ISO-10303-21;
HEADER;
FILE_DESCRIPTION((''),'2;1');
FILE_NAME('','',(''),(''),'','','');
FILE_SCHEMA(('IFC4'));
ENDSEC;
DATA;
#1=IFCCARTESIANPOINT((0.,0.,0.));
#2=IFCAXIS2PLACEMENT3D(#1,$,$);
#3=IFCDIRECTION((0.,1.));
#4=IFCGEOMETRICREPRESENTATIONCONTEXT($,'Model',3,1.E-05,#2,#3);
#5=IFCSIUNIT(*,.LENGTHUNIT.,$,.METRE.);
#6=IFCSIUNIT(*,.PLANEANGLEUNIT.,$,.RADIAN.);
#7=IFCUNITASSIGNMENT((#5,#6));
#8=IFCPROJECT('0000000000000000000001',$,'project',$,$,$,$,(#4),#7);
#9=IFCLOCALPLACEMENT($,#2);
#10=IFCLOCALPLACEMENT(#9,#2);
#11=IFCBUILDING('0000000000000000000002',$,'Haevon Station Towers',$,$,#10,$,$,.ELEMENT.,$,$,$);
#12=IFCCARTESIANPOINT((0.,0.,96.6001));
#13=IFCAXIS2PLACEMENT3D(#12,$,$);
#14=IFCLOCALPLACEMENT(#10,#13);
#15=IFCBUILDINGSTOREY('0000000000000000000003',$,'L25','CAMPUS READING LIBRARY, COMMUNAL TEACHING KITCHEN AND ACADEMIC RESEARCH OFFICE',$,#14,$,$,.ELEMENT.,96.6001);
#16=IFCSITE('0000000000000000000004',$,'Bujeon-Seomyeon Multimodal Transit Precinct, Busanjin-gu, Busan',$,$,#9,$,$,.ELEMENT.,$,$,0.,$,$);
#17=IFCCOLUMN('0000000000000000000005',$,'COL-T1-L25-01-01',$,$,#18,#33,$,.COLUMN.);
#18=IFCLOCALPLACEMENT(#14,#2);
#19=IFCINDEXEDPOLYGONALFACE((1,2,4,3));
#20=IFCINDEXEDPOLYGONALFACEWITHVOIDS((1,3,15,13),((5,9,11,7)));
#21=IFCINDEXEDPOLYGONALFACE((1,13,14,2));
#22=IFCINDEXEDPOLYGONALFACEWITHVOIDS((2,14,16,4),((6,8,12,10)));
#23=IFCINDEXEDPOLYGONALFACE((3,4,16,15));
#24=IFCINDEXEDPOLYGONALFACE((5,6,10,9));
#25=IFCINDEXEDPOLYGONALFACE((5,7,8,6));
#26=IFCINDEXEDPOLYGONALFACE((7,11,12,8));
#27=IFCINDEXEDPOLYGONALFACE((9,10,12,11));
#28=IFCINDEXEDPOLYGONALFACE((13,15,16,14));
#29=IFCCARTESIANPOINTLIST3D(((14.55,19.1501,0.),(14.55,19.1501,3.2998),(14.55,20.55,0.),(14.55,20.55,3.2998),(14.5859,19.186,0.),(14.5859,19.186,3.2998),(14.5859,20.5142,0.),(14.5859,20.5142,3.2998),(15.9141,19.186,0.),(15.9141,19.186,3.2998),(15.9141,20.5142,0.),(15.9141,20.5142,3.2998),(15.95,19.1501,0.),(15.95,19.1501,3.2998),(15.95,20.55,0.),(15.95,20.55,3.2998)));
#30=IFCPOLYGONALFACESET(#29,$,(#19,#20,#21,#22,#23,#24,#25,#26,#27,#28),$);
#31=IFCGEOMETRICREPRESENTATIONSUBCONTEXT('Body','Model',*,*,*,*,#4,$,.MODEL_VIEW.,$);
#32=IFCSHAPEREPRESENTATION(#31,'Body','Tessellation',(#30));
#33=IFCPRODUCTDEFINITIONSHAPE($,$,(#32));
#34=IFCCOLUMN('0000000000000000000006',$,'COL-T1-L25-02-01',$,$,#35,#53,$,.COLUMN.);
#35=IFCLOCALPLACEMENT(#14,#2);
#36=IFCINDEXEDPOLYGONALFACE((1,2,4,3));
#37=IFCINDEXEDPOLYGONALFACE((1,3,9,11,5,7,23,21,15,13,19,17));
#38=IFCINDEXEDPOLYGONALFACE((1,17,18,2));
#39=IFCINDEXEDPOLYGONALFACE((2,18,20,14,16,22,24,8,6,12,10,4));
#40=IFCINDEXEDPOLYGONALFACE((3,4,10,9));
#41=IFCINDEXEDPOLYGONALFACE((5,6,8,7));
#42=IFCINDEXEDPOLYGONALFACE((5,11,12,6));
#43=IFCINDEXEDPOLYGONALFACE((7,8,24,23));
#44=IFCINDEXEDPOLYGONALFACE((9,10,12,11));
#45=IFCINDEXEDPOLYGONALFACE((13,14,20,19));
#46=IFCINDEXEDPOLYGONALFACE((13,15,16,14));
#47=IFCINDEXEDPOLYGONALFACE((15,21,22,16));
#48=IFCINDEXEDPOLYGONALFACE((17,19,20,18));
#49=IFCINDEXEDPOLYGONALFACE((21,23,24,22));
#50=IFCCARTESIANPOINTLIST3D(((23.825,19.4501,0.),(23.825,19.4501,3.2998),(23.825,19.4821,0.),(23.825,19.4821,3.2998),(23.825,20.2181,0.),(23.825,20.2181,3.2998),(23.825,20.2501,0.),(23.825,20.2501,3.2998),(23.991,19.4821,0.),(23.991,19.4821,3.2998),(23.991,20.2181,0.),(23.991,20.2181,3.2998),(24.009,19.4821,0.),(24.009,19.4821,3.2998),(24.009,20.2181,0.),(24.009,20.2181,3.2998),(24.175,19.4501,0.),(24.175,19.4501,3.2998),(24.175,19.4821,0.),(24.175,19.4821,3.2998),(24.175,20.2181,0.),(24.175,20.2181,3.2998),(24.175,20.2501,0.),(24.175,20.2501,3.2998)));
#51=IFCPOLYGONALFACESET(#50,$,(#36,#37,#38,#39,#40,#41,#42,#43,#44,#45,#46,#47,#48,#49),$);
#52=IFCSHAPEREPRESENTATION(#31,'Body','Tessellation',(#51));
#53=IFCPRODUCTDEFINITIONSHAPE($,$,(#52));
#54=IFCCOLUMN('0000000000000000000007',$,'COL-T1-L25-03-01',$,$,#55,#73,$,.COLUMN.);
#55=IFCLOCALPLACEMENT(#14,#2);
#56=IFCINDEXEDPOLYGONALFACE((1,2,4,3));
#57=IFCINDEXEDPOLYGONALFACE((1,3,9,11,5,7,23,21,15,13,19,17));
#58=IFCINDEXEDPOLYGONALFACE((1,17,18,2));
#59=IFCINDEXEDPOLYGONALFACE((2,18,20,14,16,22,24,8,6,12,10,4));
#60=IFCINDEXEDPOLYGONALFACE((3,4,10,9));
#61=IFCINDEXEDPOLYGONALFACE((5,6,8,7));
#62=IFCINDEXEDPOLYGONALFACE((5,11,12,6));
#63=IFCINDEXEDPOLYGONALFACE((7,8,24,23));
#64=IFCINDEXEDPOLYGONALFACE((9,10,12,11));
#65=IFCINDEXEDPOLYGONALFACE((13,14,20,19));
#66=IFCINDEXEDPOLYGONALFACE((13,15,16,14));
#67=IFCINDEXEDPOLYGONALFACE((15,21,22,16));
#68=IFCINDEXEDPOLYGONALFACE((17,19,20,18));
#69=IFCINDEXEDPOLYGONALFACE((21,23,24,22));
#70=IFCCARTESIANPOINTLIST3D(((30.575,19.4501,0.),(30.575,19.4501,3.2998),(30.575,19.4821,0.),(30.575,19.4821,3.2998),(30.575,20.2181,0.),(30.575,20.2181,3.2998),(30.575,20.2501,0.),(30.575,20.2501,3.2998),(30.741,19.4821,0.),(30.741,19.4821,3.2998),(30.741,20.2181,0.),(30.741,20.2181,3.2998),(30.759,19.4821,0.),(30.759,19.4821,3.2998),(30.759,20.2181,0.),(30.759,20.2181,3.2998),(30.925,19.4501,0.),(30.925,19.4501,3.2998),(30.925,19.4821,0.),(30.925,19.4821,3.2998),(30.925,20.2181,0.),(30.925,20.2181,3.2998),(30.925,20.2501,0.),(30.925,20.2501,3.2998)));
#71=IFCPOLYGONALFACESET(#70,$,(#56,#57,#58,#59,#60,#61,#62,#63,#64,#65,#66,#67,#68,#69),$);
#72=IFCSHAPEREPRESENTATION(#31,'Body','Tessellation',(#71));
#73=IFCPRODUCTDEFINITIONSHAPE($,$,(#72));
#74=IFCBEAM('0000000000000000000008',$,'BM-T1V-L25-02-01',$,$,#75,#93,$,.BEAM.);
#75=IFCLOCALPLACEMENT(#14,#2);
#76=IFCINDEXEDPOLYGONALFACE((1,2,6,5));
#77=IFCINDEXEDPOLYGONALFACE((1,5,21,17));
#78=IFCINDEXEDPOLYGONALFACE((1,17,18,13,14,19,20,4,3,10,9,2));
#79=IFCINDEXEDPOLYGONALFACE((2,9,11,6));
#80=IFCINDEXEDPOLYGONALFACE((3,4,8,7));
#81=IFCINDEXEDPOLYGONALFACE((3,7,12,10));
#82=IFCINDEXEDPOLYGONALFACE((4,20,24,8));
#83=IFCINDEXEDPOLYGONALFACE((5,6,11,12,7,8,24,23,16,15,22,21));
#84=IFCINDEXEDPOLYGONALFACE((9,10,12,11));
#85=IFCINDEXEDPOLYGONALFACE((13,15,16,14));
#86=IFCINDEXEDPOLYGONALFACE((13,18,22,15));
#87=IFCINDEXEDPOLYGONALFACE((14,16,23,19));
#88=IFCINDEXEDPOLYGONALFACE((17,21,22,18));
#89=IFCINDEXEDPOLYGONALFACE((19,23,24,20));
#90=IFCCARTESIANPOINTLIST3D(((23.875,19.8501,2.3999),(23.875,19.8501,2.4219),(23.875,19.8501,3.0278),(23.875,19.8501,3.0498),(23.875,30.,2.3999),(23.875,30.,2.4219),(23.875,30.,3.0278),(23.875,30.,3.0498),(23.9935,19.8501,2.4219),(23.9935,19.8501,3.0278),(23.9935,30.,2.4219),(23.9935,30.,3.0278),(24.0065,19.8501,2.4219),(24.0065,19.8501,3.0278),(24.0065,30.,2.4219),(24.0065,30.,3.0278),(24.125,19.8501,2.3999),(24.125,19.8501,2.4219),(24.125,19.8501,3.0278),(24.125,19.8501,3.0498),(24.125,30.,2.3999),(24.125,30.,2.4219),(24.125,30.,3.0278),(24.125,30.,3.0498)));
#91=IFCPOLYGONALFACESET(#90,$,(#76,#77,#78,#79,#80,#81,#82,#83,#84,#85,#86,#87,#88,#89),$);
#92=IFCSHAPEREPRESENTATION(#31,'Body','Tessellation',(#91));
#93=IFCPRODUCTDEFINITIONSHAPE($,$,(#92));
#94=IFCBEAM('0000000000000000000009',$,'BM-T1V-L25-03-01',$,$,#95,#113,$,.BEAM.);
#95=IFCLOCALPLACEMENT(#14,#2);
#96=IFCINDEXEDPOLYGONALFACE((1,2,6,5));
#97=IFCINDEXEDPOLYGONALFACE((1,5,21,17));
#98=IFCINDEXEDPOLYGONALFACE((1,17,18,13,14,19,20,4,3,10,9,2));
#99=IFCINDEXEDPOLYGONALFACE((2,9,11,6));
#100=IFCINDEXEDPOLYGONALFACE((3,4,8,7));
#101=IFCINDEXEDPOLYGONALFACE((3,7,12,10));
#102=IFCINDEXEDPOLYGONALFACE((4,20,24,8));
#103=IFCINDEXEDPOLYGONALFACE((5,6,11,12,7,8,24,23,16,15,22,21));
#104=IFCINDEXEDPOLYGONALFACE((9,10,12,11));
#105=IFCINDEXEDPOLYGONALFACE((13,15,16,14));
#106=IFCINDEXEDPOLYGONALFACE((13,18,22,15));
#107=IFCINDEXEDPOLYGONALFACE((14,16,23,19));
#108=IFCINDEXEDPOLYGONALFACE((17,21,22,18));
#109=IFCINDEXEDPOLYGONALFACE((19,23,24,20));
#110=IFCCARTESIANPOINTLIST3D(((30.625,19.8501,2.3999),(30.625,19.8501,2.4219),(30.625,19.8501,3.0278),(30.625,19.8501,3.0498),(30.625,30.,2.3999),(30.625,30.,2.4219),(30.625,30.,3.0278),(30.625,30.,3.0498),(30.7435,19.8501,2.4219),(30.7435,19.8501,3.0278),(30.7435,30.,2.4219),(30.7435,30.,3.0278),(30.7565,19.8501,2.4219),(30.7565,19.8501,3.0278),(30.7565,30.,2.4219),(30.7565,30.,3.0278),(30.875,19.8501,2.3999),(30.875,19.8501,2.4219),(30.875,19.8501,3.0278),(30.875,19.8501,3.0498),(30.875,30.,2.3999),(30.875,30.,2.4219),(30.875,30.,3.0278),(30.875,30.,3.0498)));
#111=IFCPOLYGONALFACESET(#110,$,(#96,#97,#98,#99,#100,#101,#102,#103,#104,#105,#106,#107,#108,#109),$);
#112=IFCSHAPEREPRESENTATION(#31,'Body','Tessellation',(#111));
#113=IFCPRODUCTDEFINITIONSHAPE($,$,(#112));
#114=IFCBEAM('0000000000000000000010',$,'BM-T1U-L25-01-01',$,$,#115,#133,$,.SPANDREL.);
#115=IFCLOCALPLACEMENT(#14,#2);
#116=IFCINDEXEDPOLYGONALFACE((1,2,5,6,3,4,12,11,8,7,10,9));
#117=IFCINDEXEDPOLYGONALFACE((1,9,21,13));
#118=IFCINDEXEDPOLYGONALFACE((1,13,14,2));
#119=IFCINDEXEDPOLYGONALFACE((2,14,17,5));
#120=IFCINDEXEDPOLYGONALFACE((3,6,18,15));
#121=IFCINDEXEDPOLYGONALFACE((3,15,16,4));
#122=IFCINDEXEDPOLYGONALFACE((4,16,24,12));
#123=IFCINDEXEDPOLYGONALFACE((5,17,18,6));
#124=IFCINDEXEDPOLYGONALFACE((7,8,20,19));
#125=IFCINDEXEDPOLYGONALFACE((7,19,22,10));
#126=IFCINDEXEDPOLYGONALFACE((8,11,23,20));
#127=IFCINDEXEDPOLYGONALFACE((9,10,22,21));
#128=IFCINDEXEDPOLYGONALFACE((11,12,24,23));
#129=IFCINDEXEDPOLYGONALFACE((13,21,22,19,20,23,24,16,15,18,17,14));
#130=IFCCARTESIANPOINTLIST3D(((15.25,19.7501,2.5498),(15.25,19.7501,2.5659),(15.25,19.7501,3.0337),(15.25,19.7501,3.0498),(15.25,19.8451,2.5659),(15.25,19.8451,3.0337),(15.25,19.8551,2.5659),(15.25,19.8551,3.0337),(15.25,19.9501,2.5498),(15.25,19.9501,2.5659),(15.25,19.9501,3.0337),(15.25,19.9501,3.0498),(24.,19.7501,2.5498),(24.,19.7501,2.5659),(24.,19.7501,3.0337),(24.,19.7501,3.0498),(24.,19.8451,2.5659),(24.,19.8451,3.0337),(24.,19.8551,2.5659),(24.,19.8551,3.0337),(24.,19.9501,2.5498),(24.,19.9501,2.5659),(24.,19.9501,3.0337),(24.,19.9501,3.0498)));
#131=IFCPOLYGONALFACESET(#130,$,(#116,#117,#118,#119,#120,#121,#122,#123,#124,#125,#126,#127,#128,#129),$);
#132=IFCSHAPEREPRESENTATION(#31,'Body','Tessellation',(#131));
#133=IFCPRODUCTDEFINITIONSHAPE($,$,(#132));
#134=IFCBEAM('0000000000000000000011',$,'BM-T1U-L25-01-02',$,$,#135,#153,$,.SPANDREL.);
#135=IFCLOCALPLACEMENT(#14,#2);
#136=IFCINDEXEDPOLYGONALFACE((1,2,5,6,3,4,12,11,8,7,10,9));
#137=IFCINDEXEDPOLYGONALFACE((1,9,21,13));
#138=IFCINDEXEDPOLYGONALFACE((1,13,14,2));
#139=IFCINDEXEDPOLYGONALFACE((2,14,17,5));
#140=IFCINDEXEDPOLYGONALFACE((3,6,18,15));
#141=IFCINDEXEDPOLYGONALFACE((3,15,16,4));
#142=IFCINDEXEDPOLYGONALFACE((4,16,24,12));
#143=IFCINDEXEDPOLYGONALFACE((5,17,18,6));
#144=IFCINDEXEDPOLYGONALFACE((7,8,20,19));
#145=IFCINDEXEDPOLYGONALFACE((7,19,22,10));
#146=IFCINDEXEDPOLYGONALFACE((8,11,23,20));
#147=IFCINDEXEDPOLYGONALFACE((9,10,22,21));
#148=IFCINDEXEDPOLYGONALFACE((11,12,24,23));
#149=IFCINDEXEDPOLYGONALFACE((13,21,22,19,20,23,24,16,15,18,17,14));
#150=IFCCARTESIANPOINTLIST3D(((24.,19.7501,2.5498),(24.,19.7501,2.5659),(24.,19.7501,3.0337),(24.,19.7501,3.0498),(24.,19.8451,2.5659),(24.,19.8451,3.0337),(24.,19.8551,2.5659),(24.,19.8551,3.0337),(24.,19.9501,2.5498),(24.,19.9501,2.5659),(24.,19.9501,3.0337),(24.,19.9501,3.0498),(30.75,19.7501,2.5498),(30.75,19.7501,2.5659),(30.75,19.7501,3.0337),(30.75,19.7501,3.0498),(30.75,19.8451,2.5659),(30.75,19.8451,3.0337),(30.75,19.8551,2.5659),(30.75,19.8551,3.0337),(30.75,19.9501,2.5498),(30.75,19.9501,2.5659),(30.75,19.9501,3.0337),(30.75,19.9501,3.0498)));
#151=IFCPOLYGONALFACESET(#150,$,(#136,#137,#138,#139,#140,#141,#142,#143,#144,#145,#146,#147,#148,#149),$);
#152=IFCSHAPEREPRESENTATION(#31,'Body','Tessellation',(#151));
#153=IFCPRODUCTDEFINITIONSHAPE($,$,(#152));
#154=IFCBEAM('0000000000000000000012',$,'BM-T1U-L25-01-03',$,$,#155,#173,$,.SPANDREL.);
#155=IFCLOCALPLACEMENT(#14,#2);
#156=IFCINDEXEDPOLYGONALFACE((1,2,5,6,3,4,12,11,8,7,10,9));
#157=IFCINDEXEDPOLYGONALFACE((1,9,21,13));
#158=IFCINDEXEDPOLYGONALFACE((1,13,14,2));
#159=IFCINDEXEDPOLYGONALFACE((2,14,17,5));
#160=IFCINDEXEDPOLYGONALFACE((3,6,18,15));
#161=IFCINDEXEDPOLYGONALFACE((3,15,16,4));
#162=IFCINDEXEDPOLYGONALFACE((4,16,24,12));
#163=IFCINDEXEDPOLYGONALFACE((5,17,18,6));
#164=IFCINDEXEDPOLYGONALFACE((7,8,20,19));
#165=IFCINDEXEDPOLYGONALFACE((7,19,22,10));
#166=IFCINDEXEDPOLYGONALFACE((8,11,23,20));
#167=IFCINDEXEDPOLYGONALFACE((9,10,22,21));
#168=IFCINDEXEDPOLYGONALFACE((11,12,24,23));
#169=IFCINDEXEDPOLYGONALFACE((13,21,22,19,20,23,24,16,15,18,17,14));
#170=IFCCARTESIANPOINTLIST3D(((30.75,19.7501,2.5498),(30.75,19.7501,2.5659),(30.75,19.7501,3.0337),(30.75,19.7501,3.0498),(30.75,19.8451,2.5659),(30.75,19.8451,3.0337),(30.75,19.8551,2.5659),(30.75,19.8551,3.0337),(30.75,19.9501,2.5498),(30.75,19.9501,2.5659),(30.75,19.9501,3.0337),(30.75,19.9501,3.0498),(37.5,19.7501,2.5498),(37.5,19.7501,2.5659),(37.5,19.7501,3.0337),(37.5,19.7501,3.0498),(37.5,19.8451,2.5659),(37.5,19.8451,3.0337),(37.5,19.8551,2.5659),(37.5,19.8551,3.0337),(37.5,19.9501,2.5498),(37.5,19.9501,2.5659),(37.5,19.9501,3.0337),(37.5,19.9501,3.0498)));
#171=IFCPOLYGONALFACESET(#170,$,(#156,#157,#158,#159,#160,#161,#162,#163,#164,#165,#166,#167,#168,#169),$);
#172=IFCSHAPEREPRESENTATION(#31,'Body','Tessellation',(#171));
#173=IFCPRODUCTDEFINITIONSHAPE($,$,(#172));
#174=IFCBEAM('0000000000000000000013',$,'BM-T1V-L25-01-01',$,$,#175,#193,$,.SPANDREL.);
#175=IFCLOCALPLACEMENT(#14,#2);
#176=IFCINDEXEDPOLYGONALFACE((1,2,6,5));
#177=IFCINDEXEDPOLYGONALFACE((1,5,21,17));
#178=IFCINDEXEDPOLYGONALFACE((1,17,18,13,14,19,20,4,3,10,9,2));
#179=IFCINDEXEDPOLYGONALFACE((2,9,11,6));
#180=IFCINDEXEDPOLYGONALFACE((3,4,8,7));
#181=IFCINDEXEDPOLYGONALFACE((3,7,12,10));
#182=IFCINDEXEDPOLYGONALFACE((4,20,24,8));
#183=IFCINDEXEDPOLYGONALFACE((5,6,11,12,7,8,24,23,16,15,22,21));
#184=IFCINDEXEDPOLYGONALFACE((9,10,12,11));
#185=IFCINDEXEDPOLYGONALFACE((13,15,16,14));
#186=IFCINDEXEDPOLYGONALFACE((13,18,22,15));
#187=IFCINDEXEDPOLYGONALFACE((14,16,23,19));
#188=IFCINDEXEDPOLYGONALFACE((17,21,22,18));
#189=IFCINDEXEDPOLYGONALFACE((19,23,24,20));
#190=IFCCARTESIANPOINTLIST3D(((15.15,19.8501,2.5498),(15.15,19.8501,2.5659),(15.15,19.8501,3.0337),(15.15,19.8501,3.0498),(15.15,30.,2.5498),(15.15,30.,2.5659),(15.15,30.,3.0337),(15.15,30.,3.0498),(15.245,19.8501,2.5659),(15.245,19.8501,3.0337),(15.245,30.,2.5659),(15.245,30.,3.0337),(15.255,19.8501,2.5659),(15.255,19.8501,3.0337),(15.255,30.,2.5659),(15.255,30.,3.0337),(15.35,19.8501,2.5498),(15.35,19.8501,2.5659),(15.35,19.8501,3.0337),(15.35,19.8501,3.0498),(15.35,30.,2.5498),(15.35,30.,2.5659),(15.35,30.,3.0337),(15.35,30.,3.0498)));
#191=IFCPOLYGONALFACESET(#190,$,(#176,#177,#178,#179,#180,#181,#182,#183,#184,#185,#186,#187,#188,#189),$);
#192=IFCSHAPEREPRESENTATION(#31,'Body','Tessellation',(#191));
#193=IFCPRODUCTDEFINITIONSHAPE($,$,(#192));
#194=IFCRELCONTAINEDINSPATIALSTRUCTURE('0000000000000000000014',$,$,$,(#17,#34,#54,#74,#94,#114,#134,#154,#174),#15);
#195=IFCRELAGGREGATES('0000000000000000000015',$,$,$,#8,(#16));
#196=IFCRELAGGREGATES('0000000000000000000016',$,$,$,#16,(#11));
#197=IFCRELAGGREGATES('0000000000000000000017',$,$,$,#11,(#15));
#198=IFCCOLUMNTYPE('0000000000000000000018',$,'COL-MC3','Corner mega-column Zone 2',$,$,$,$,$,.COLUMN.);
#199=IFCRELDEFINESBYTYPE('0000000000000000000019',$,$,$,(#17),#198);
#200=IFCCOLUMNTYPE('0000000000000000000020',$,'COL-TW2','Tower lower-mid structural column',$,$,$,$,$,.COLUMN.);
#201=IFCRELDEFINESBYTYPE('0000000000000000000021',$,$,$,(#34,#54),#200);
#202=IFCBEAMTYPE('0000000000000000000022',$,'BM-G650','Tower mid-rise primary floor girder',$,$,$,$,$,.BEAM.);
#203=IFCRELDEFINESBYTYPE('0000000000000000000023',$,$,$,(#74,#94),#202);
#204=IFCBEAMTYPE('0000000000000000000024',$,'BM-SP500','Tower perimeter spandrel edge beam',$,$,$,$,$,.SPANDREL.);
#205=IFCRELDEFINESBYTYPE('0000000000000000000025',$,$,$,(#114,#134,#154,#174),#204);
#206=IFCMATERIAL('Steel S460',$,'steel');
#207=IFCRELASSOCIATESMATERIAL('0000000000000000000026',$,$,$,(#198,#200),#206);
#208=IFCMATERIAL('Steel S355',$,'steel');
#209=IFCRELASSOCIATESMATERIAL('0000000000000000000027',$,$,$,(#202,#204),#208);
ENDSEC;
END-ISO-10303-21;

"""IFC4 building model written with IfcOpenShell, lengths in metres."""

from ifc_helpers import new_model, si_unit, direction, frame, origin, origin_2d, place, context, subcontext, project, spatial, hollow_rectangle, i_section, extrude, material, material_profile, profile_set, type_object, element, save


model = new_model("IFC4")

# Units and contexts
model_context = context("Model", 3, precision=1e-05, world=origin(), true_north=direction((0.0, 1.0)))
body_context = subcontext(model_context, "Body", "Model", "MODEL_VIEW")
ifc_project = project(units=[si_unit("LENGTHUNIT", "METRE"), si_unit("PLANEANGLEUNIT", "RADIAN")], contexts=[model_context])

# Site, building, storey
site_placement = place(None, origin())
site = spatial("IfcSite", under=ifc_project, at=site_placement, Name="Bujeon-Seomyeon Multimodal Transit Precinct, Busanjin-gu, Busan", CompositionType="ELEMENT", RefElevation=0.0)
building_placement = place(site_placement, origin())
building = spatial("IfcBuilding", under=site, at=building_placement, Name="Haevon Station Towers", CompositionType="ELEMENT")
storey_placement = place(building_placement, frame((0.0, 0.0, 96.6001)))
storey = spatial("IfcBuildingStorey", under=building, at=storey_placement, Name="L25", Description="CAMPUS READING LIBRARY, COMMUNAL TEACHING KITCHEN AND ACADEMIC RESEARCH OFFICE", CompositionType="ELEMENT", Elevation=96.6001)

# Columns
ifc_material_1 = material(Name="Steel S460", Category="steel")
ifc_material_profile_1 = material_profile(ifc_material_1, hollow_rectangle(XDim=1.3999, YDim=1.3999, WallThickness=0.0359, at=origin_2d()), Name="BOX-1400x1400x36")
ifc_profile_set_1 = profile_set([ifc_material_profile_1], Name="Steel S460")
column_type_1 = type_object("IfcColumnType", Name="COL-MC3", Description="Corner mega-column Zone 2", PredefinedType="COLUMN", material=ifc_profile_set_1)
column_placement = place(storey_placement, frame((15.25, 19.8501, 0.0), z_axis=(0.0, 0.0, 1.0), x_axis=(1.0, 0.0, 0.0)))
element("IfcColumn", 1, at=column_placement, inside=storey, type_object=column_type_1, Name="COL-T1-L25-01-01", PredefinedType="COLUMN", context=body_context, shape_type="SweptSolid", body=[
    extrude(hollow_rectangle(XDim=1.3999, YDim=1.3999, WallThickness=0.0359, at=origin_2d()), origin(), (0.0, 0.0, 1.0), 3.2998),
])
ifc_material_profile_2 = material_profile(ifc_material_1, i_section(OverallWidth=0.3501, OverallDepth=0.8, WebThickness=0.0181, FlangeThickness=0.032, at=origin_2d()), Name="H-800x350x18x32")
ifc_profile_set_2 = profile_set([ifc_material_profile_2], Name="Steel S460")
column_type_2 = type_object("IfcColumnType", Name="COL-TW2", Description="Tower lower-mid structural column", PredefinedType="COLUMN", material=ifc_profile_set_2)
for number, where, z_axis, x_axis, name in (
    (2, (24.0, 19.8501, 0.0), (0.0, 0.0, 1.0), (1.0, 0.0, 0.0), "COL-T1-L25-02-01"),
    (3, (30.75, 19.8501, 0.0), (0.0, 0.0, 1.0), (1.0, 0.0, 0.0), "COL-T1-L25-03-01"),
):
    element("IfcColumn", number, at=place(storey_placement, frame(where, z_axis=z_axis, x_axis=x_axis)), inside=storey, type_object=column_type_2, Name=name, PredefinedType="COLUMN", context=body_context, shape_type="SweptSolid", body=[
        extrude(i_section(OverallWidth=0.3501, OverallDepth=0.8, WebThickness=0.0181, FlangeThickness=0.032, at=origin_2d()), origin(), (0.0, 0.0, 1.0), 3.2998),
    ])

# Beams
ifc_material_2 = material(Name="Steel S355", Category="steel")
ifc_material_profile_3 = material_profile(ifc_material_2, i_section(OverallWidth=0.25, OverallDepth=0.6499, WebThickness=0.0129, FlangeThickness=0.022, at=origin_2d()), Name="H-650x250x13x22")
ifc_profile_set_3 = profile_set([ifc_material_profile_3], Name="Steel S355")
beam_type_1 = type_object("IfcBeamType", Name="BM-G650", Description="Tower mid-rise primary floor girder", PredefinedType="BEAM", material=ifc_profile_set_3)
for number, where, z_axis, x_axis, name in (
    (4, (24.0, 19.8501, 2.7249), (0.0, 1.0, 0.0), (-1.0, 0.0, 0.0), "BM-T1V-L25-02-01"),
    (5, (30.75, 19.8501, 2.7249), (0.0, 1.0, 0.0), (-1.0, 0.0, 0.0), "BM-T1V-L25-03-01"),
):
    element("IfcBeam", number, at=place(storey_placement, frame(where, z_axis=z_axis, x_axis=x_axis)), inside=storey, type_object=beam_type_1, Name=name, PredefinedType="BEAM", context=body_context, shape_type="SweptSolid", body=[
        extrude(i_section(OverallWidth=0.25, OverallDepth=0.6499, WebThickness=0.0129, FlangeThickness=0.022, at=origin_2d()), origin(), (0.0, 0.0, 1.0), 10.1499),
    ])
ifc_material_profile_4 = material_profile(ifc_material_2, i_section(OverallWidth=0.2, OverallDepth=0.5, WebThickness=0.01, FlangeThickness=0.0161, at=origin_2d()), Name="H-500x200x10x16")
ifc_profile_set_4 = profile_set([ifc_material_profile_4], Name="Steel S355")
beam_type_2 = type_object("IfcBeamType", Name="BM-SP500", Description="Tower perimeter spandrel edge beam", PredefinedType="SPANDREL", material=ifc_profile_set_4)
beam_1_placement = place(storey_placement, frame((15.25, 19.8501, 2.7998), z_axis=(1.0, 0.0, 0.0), x_axis=(0.0, 1.0, 0.0)))
element("IfcBeam", 6, at=beam_1_placement, inside=storey, type_object=beam_type_2, Name="BM-T1U-L25-01-01", PredefinedType="SPANDREL", context=body_context, shape_type="SweptSolid", body=[
    extrude(i_section(OverallWidth=0.2, OverallDepth=0.5, WebThickness=0.01, FlangeThickness=0.0161, at=origin_2d()), origin(), (0.0, 0.0, 1.0), 8.75),
])
for number, where, z_axis, x_axis, name in (
    (7, (24.0, 19.8501, 2.7998), (1.0, 0.0, 0.0), (0.0, 1.0, 0.0), "BM-T1U-L25-01-02"),
    (8, (30.75, 19.8501, 2.7998), (1.0, 0.0, 0.0), (0.0, 1.0, 0.0), "BM-T1U-L25-01-03"),
):
    element("IfcBeam", number, at=place(storey_placement, frame(where, z_axis=z_axis, x_axis=x_axis)), inside=storey, type_object=beam_type_2, Name=name, PredefinedType="SPANDREL", context=body_context, shape_type="SweptSolid", body=[
        extrude(i_section(OverallWidth=0.2, OverallDepth=0.5, WebThickness=0.01, FlangeThickness=0.0161, at=origin_2d()), origin(), (0.0, 0.0, 1.0), 6.75),
    ])
beam_2_placement = place(storey_placement, frame((15.25, 19.8501, 2.7998), z_axis=(0.0, 1.0, 0.0), x_axis=(-1.0, 0.0, 0.0)))
element("IfcBeam", 9, at=beam_2_placement, inside=storey, type_object=beam_type_2, Name="BM-T1V-L25-01-01", PredefinedType="SPANDREL", context=body_context, shape_type="SweptSolid", body=[
    extrude(i_section(OverallWidth=0.2, OverallDepth=0.5, WebThickness=0.01, FlangeThickness=0.0161, at=origin_2d()), origin(), (0.0, 0.0, 1.0), 10.1499),
])

save(model, "model.ifc")
